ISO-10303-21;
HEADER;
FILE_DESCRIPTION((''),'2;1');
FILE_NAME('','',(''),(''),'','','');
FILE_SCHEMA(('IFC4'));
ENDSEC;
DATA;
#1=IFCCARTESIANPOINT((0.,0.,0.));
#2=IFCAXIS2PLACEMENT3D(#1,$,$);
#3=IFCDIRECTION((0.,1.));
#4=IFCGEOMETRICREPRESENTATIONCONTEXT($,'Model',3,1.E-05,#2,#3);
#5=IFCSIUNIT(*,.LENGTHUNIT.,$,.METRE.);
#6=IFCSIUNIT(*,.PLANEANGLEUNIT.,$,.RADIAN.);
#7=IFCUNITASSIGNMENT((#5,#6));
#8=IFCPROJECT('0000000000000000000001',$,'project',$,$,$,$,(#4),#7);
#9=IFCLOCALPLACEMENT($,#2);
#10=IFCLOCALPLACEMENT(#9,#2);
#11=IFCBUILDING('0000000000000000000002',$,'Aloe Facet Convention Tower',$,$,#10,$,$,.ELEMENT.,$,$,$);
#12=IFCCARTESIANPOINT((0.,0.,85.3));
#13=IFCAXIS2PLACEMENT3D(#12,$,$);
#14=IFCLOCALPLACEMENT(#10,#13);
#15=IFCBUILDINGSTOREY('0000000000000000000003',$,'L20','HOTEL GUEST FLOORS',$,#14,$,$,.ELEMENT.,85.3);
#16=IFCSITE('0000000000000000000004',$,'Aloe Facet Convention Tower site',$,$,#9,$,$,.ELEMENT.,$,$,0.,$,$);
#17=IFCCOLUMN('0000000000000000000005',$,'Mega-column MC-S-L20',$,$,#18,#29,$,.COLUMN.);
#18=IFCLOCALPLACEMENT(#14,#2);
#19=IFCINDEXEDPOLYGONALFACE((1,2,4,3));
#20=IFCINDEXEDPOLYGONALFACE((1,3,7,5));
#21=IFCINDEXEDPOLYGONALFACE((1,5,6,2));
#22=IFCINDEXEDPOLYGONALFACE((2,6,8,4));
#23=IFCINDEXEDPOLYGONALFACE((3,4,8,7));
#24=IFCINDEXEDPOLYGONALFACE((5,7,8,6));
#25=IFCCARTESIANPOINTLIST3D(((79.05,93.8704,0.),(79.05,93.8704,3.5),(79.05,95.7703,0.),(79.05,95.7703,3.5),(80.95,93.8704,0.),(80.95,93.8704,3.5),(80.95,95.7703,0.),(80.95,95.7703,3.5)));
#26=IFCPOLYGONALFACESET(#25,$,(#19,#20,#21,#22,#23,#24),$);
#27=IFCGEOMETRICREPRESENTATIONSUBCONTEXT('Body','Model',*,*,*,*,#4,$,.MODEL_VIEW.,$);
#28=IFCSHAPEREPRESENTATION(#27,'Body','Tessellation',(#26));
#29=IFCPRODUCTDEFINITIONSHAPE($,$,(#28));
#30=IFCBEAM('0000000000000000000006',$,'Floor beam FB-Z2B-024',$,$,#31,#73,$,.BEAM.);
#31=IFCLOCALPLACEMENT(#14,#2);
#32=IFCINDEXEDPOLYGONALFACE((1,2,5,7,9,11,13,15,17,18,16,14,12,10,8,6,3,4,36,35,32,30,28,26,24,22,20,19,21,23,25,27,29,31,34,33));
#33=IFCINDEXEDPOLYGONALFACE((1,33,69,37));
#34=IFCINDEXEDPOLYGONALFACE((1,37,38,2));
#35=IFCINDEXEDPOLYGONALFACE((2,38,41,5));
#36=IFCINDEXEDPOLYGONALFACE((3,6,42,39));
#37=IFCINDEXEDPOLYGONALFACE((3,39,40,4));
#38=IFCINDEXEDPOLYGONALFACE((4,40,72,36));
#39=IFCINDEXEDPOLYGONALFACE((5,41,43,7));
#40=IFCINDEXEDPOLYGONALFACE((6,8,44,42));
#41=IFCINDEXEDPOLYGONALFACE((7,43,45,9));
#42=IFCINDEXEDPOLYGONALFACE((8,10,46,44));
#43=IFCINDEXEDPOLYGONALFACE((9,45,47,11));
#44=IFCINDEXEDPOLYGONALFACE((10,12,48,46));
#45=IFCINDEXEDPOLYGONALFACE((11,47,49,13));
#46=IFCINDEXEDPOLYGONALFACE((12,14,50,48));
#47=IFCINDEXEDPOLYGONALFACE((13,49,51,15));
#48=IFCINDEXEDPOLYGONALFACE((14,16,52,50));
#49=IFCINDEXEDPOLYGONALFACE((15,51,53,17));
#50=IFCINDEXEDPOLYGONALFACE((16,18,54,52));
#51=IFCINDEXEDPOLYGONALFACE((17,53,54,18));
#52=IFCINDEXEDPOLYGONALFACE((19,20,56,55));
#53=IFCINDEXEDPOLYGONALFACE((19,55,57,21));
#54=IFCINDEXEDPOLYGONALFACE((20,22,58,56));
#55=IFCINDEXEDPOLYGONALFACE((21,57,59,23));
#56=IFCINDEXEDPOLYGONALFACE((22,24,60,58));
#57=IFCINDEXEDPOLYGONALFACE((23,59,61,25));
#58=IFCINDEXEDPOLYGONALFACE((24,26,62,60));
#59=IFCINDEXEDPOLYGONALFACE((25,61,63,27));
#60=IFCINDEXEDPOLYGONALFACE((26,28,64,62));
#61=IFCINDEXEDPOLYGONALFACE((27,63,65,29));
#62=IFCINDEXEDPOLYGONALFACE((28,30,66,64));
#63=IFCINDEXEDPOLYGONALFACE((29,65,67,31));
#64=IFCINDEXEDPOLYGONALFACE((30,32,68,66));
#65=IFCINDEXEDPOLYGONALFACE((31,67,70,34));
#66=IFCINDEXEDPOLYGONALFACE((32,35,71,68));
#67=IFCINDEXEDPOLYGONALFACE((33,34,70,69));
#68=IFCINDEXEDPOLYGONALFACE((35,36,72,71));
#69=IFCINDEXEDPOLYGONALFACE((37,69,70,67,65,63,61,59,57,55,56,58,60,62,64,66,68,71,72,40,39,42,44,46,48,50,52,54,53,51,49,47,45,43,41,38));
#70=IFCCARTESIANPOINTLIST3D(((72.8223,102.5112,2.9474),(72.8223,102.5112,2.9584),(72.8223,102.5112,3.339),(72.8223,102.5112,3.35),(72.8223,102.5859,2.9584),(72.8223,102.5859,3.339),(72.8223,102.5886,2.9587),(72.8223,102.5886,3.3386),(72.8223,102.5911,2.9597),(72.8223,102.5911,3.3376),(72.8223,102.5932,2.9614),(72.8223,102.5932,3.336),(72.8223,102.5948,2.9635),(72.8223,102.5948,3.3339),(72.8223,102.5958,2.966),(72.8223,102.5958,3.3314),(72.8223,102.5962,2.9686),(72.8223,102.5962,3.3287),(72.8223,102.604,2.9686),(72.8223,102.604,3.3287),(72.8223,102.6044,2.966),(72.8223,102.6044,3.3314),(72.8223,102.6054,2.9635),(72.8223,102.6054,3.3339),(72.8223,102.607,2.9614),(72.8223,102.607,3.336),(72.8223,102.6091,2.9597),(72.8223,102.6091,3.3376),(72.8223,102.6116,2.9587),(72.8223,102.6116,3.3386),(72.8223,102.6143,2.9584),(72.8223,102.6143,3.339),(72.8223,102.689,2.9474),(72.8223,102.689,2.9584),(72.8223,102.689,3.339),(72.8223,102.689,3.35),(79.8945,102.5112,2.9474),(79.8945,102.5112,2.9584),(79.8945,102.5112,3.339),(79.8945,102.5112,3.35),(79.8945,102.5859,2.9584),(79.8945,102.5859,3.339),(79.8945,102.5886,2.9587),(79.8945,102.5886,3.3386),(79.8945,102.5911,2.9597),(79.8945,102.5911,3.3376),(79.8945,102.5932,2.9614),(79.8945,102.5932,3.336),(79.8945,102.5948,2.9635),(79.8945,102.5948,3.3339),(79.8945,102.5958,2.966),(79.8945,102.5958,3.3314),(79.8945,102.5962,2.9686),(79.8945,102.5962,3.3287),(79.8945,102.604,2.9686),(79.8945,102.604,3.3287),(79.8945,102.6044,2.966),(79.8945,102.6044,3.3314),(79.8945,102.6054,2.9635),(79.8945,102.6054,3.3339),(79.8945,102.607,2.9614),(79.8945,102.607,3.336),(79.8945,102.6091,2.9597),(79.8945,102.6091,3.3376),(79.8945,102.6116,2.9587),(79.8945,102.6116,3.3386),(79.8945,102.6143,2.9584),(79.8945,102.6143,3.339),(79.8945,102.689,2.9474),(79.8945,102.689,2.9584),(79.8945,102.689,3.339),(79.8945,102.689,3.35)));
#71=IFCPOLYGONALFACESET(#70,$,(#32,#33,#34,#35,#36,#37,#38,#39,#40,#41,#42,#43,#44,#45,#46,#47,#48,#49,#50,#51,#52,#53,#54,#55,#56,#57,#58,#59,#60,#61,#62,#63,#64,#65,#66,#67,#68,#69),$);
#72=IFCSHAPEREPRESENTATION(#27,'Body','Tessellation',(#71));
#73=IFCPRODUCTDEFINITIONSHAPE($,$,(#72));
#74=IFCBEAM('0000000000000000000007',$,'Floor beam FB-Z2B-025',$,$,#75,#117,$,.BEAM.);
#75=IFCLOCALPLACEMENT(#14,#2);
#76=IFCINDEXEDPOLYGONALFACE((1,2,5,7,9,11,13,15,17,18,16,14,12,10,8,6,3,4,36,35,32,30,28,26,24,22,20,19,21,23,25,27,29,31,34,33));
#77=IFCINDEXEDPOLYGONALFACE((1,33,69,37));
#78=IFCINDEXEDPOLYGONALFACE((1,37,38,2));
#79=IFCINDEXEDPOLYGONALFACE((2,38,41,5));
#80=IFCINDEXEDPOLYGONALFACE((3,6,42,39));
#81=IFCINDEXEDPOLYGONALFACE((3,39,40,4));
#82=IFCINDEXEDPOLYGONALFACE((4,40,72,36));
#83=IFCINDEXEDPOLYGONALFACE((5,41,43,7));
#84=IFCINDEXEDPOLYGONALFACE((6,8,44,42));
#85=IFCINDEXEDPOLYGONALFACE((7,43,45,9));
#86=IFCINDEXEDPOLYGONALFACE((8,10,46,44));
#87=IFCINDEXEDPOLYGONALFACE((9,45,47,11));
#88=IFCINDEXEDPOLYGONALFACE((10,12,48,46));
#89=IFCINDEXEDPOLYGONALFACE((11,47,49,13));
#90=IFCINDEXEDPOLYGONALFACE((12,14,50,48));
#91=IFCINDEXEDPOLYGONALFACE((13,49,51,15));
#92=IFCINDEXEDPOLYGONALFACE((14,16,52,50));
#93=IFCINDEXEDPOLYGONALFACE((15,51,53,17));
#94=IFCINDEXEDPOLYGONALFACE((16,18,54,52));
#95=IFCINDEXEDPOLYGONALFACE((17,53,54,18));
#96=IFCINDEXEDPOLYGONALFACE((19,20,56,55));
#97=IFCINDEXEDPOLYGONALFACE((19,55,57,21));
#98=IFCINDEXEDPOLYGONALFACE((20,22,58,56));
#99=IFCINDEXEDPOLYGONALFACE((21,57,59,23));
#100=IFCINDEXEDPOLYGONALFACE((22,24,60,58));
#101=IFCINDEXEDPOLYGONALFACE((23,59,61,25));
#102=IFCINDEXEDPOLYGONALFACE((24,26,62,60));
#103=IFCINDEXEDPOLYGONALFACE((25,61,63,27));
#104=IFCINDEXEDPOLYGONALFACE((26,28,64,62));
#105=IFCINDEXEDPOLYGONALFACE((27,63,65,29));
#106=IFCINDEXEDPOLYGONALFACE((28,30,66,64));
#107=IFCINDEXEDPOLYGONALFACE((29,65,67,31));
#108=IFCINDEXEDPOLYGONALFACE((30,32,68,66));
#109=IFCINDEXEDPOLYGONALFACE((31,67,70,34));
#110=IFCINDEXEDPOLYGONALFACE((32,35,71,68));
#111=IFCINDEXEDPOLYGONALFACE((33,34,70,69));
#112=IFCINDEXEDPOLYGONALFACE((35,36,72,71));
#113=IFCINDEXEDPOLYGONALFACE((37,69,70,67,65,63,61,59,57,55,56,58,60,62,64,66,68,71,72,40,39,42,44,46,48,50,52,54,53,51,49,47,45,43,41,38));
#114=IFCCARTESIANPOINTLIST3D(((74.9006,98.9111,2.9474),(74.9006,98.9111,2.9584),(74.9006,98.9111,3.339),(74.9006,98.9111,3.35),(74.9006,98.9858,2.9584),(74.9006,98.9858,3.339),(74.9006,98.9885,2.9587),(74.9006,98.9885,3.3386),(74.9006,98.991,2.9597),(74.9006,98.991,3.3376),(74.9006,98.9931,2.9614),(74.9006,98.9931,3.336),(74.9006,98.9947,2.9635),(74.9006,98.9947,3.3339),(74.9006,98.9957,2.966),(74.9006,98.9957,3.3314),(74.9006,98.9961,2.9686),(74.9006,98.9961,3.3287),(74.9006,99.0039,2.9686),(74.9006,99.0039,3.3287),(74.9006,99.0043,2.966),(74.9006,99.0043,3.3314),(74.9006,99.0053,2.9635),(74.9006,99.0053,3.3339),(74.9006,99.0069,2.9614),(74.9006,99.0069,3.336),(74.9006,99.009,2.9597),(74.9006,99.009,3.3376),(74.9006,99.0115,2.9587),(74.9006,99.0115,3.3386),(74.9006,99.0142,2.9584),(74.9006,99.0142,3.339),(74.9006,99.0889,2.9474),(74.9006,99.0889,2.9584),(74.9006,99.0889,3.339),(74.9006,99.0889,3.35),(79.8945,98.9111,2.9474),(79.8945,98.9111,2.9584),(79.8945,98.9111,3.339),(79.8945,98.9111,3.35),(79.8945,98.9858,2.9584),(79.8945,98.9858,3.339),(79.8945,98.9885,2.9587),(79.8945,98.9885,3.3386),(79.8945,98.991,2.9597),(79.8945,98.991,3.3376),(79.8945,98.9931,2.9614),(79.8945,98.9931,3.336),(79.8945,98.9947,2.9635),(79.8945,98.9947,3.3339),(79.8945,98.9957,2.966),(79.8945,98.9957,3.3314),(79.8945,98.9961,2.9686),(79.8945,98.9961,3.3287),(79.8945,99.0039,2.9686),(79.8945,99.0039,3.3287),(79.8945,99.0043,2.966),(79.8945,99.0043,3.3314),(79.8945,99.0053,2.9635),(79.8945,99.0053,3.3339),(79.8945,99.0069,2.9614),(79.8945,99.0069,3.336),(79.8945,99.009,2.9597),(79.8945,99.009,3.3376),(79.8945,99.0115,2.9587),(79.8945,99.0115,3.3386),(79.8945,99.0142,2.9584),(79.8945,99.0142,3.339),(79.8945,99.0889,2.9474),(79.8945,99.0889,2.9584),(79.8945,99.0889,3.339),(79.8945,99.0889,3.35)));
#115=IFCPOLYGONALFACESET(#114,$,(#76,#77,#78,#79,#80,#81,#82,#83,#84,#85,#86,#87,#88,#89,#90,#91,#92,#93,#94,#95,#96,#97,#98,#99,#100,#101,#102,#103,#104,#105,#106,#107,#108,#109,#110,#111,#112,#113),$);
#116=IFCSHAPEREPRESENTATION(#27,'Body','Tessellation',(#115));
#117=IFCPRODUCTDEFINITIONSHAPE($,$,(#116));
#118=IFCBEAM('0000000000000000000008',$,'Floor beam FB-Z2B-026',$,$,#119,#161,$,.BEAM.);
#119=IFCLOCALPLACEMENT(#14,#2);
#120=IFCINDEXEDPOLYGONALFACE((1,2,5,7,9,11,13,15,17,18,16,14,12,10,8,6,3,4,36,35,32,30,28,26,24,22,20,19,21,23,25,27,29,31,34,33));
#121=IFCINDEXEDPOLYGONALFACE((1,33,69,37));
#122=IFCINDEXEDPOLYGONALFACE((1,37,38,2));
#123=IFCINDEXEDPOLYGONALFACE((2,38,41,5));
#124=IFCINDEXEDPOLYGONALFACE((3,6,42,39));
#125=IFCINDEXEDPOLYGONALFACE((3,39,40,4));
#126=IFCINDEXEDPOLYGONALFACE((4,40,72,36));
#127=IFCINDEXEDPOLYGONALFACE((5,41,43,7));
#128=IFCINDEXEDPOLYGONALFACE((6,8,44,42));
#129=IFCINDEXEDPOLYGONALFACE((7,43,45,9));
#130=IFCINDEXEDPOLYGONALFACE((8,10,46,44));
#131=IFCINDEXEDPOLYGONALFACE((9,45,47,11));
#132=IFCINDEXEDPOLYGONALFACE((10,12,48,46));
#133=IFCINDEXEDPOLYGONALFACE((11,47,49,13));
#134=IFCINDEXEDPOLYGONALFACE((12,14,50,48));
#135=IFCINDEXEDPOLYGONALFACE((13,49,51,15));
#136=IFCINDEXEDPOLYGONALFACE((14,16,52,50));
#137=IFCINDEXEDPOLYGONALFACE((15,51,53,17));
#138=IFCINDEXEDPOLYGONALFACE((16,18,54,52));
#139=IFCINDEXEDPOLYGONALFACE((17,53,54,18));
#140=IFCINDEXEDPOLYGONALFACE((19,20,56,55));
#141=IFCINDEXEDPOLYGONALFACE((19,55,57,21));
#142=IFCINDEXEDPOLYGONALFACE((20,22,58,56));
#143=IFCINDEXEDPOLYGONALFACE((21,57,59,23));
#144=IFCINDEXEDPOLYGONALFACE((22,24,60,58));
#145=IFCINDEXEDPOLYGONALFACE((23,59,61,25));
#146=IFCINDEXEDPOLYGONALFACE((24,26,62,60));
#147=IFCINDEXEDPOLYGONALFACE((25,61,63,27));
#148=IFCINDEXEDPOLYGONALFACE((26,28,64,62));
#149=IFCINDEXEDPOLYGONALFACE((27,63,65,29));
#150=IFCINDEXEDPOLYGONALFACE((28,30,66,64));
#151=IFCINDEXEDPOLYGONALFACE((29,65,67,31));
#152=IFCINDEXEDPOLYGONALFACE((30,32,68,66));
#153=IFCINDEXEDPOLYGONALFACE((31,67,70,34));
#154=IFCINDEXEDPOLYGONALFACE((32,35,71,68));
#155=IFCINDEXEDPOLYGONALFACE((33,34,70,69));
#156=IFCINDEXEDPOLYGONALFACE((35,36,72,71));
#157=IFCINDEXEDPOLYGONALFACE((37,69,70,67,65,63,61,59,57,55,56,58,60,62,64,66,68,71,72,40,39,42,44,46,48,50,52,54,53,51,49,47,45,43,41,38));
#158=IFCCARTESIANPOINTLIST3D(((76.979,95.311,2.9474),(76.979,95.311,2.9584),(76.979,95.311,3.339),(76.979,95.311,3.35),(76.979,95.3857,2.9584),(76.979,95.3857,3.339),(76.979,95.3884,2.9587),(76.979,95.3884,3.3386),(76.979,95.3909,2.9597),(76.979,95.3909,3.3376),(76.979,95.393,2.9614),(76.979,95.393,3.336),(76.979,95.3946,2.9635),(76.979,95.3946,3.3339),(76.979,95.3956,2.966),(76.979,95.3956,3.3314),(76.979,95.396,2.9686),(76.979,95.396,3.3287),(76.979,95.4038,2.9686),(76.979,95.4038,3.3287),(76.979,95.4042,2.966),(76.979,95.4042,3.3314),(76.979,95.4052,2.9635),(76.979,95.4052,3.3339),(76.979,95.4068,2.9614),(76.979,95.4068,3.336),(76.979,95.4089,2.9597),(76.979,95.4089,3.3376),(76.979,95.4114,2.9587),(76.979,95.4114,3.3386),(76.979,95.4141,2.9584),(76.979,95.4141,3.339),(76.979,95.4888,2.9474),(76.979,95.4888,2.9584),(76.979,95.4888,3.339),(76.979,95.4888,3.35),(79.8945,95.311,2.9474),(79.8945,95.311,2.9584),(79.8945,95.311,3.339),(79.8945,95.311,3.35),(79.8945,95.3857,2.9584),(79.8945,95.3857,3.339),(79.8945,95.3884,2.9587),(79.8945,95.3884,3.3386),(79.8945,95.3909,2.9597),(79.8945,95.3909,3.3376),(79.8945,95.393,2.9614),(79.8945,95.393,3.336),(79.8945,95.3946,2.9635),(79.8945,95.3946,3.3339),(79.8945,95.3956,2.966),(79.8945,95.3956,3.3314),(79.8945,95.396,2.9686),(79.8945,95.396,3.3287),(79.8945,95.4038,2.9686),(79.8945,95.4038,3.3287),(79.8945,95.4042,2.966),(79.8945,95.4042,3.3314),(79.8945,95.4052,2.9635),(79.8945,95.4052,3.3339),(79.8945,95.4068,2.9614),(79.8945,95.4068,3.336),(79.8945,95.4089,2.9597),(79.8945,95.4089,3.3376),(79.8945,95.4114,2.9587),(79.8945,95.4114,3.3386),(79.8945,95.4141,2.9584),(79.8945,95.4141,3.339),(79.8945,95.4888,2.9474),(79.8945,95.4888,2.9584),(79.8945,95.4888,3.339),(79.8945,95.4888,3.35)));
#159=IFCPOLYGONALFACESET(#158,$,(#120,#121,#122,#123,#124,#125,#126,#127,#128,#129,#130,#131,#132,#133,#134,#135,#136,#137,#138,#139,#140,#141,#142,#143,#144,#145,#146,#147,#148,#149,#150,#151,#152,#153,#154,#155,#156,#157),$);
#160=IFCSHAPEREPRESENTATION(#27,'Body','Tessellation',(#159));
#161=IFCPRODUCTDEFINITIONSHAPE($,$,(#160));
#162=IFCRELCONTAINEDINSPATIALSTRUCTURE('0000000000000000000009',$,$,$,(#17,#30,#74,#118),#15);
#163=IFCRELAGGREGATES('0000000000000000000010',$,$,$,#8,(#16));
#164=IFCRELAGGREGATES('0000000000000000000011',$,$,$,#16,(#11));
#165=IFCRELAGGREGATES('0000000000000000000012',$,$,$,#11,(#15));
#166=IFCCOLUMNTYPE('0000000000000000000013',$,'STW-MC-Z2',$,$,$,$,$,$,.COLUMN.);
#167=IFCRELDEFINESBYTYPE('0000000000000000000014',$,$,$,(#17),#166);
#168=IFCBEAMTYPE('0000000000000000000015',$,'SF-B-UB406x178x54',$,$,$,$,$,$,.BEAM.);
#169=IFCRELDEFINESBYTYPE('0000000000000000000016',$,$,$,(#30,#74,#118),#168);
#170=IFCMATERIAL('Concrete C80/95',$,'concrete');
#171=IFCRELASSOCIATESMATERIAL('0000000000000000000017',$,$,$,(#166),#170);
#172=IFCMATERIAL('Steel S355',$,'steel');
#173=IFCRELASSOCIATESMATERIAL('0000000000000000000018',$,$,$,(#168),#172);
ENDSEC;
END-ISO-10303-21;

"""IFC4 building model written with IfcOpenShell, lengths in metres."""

from ifc_helpers import new_model, si_unit, direction, frame, origin, origin_2d, place, context, subcontext, project, spatial, rectangle, i_section, extrude, material, material_profile, profile_set, type_object, element, save


model = new_model("IFC4")

# Units and contexts
model_context = context("Model", 3, precision=1e-05, world=origin(), true_north=direction((0.0, 1.0)))
body_context = subcontext(model_context, "Body", "Model", "MODEL_VIEW")
ifc_project = project(units=[si_unit("LENGTHUNIT", "METRE"), si_unit("PLANEANGLEUNIT", "RADIAN")], contexts=[model_context])

# Site, building, storey
site_placement = place(None, origin())
site = spatial("IfcSite", under=ifc_project, at=site_placement, Name="Aloe Facet Convention Tower site", CompositionType="ELEMENT", RefElevation=0.0)
building_placement = place(site_placement, origin())
building = spatial("IfcBuilding", under=site, at=building_placement, Name="Aloe Facet Convention Tower", CompositionType="ELEMENT")
storey_placement = place(building_placement, frame((0.0, 0.0, 85.3)))
storey = spatial("IfcBuildingStorey", under=building, at=storey_placement, Name="L20", Description="HOTEL GUEST FLOORS", CompositionType="ELEMENT", Elevation=85.3)

# Column
ifc_material_1 = material(Name="Concrete C80/95", Category="concrete")
ifc_material_profile_1 = material_profile(ifc_material_1, rectangle(XDim=1.8999, YDim=1.8999, at=origin_2d()), Name="STW-MC-Z2")
ifc_profile_set_1 = profile_set([ifc_material_profile_1], Name="Concrete C80/95")
column_type = type_object("IfcColumnType", Name="STW-MC-Z2", PredefinedType="COLUMN", material=ifc_profile_set_1)
column_placement = place(storey_placement, frame((80.0, 94.8203, 0.0), z_axis=(0.0, 0.0, 1.0), x_axis=(1.0, 0.0, 0.0)))
element("IfcColumn", 1, at=column_placement, inside=storey, type_object=column_type, Name="Mega-column MC-S-L20", PredefinedType="COLUMN", context=body_context, shape_type="SweptSolid", body=[
    extrude(rectangle(XDim=1.8999, YDim=1.8999, at=origin_2d()), origin(), (0.0, 0.0, 1.0), 3.5),
])

# Beams
ifc_material_2 = material(Name="Steel S355", Category="steel")
ifc_material_profile_2 = material_profile(ifc_material_2, i_section(OverallWidth=0.1777, OverallDepth=0.4026, WebThickness=0.0078, FlangeThickness=0.011, FilletRadius=0.0103, at=origin_2d()), Name="UB 406x178x54")
ifc_profile_set_2 = profile_set([ifc_material_profile_2], Name="Steel S355")
beam_type_1 = type_object("IfcBeamType", Name="SF-B-UB406x178x54", PredefinedType="BEAM", material=ifc_profile_set_2)
beam_1_placement = place(storey_placement, frame((72.8223, 102.6001, 3.1487), z_axis=(1.0, 0.0, 0.0), x_axis=(0.0, 1.0, 0.0)))
element("IfcBeam", 2, at=beam_1_placement, inside=storey, type_object=beam_type_1, Name="Floor beam FB-Z2B-024", PredefinedType="BEAM", context=body_context, shape_type="SweptSolid", body=[
    extrude(i_section(OverallWidth=0.1777, OverallDepth=0.4026, WebThickness=0.0078, FlangeThickness=0.011, FilletRadius=0.0103, at=origin_2d()), origin(), (0.0, 0.0, 1.0), 7.0723),
])
beam_2_placement = place(storey_placement, frame((74.9006, 99.0, 3.1487), z_axis=(1.0, 0.0, 0.0), x_axis=(0.0, 1.0, 0.0)))
element("IfcBeam", 3, at=beam_2_placement, inside=storey, type_object=beam_type_1, Name="Floor beam FB-Z2B-025", PredefinedType="BEAM", context=body_context, shape_type="SweptSolid", body=[
    extrude(i_section(OverallWidth=0.1777, OverallDepth=0.4026, WebThickness=0.0078, FlangeThickness=0.011, FilletRadius=0.0103, at=origin_2d()), origin(), (0.0, 0.0, 1.0), 4.9939),
])
for number, where, z_axis, x_axis, name in (
    (4, (76.979, 95.3999, 3.1487), (1.0, 0.0, 0.0), (0.0, 1.0, 0.0), "Floor beam FB-Z2B-026"),
):
    element("IfcBeam", number, at=place(storey_placement, frame(where, z_axis=z_axis, x_axis=x_axis)), inside=storey, type_object=beam_type_1, Name=name, PredefinedType="BEAM", context=body_context, shape_type="SweptSolid", body=[
        extrude(i_section(OverallWidth=0.1777, OverallDepth=0.4026, WebThickness=0.0078, FlangeThickness=0.011, FilletRadius=0.0103, at=origin_2d()), origin(), (0.0, 0.0, 1.0), 2.9155),
    ])

save(model, "model.ifc")
